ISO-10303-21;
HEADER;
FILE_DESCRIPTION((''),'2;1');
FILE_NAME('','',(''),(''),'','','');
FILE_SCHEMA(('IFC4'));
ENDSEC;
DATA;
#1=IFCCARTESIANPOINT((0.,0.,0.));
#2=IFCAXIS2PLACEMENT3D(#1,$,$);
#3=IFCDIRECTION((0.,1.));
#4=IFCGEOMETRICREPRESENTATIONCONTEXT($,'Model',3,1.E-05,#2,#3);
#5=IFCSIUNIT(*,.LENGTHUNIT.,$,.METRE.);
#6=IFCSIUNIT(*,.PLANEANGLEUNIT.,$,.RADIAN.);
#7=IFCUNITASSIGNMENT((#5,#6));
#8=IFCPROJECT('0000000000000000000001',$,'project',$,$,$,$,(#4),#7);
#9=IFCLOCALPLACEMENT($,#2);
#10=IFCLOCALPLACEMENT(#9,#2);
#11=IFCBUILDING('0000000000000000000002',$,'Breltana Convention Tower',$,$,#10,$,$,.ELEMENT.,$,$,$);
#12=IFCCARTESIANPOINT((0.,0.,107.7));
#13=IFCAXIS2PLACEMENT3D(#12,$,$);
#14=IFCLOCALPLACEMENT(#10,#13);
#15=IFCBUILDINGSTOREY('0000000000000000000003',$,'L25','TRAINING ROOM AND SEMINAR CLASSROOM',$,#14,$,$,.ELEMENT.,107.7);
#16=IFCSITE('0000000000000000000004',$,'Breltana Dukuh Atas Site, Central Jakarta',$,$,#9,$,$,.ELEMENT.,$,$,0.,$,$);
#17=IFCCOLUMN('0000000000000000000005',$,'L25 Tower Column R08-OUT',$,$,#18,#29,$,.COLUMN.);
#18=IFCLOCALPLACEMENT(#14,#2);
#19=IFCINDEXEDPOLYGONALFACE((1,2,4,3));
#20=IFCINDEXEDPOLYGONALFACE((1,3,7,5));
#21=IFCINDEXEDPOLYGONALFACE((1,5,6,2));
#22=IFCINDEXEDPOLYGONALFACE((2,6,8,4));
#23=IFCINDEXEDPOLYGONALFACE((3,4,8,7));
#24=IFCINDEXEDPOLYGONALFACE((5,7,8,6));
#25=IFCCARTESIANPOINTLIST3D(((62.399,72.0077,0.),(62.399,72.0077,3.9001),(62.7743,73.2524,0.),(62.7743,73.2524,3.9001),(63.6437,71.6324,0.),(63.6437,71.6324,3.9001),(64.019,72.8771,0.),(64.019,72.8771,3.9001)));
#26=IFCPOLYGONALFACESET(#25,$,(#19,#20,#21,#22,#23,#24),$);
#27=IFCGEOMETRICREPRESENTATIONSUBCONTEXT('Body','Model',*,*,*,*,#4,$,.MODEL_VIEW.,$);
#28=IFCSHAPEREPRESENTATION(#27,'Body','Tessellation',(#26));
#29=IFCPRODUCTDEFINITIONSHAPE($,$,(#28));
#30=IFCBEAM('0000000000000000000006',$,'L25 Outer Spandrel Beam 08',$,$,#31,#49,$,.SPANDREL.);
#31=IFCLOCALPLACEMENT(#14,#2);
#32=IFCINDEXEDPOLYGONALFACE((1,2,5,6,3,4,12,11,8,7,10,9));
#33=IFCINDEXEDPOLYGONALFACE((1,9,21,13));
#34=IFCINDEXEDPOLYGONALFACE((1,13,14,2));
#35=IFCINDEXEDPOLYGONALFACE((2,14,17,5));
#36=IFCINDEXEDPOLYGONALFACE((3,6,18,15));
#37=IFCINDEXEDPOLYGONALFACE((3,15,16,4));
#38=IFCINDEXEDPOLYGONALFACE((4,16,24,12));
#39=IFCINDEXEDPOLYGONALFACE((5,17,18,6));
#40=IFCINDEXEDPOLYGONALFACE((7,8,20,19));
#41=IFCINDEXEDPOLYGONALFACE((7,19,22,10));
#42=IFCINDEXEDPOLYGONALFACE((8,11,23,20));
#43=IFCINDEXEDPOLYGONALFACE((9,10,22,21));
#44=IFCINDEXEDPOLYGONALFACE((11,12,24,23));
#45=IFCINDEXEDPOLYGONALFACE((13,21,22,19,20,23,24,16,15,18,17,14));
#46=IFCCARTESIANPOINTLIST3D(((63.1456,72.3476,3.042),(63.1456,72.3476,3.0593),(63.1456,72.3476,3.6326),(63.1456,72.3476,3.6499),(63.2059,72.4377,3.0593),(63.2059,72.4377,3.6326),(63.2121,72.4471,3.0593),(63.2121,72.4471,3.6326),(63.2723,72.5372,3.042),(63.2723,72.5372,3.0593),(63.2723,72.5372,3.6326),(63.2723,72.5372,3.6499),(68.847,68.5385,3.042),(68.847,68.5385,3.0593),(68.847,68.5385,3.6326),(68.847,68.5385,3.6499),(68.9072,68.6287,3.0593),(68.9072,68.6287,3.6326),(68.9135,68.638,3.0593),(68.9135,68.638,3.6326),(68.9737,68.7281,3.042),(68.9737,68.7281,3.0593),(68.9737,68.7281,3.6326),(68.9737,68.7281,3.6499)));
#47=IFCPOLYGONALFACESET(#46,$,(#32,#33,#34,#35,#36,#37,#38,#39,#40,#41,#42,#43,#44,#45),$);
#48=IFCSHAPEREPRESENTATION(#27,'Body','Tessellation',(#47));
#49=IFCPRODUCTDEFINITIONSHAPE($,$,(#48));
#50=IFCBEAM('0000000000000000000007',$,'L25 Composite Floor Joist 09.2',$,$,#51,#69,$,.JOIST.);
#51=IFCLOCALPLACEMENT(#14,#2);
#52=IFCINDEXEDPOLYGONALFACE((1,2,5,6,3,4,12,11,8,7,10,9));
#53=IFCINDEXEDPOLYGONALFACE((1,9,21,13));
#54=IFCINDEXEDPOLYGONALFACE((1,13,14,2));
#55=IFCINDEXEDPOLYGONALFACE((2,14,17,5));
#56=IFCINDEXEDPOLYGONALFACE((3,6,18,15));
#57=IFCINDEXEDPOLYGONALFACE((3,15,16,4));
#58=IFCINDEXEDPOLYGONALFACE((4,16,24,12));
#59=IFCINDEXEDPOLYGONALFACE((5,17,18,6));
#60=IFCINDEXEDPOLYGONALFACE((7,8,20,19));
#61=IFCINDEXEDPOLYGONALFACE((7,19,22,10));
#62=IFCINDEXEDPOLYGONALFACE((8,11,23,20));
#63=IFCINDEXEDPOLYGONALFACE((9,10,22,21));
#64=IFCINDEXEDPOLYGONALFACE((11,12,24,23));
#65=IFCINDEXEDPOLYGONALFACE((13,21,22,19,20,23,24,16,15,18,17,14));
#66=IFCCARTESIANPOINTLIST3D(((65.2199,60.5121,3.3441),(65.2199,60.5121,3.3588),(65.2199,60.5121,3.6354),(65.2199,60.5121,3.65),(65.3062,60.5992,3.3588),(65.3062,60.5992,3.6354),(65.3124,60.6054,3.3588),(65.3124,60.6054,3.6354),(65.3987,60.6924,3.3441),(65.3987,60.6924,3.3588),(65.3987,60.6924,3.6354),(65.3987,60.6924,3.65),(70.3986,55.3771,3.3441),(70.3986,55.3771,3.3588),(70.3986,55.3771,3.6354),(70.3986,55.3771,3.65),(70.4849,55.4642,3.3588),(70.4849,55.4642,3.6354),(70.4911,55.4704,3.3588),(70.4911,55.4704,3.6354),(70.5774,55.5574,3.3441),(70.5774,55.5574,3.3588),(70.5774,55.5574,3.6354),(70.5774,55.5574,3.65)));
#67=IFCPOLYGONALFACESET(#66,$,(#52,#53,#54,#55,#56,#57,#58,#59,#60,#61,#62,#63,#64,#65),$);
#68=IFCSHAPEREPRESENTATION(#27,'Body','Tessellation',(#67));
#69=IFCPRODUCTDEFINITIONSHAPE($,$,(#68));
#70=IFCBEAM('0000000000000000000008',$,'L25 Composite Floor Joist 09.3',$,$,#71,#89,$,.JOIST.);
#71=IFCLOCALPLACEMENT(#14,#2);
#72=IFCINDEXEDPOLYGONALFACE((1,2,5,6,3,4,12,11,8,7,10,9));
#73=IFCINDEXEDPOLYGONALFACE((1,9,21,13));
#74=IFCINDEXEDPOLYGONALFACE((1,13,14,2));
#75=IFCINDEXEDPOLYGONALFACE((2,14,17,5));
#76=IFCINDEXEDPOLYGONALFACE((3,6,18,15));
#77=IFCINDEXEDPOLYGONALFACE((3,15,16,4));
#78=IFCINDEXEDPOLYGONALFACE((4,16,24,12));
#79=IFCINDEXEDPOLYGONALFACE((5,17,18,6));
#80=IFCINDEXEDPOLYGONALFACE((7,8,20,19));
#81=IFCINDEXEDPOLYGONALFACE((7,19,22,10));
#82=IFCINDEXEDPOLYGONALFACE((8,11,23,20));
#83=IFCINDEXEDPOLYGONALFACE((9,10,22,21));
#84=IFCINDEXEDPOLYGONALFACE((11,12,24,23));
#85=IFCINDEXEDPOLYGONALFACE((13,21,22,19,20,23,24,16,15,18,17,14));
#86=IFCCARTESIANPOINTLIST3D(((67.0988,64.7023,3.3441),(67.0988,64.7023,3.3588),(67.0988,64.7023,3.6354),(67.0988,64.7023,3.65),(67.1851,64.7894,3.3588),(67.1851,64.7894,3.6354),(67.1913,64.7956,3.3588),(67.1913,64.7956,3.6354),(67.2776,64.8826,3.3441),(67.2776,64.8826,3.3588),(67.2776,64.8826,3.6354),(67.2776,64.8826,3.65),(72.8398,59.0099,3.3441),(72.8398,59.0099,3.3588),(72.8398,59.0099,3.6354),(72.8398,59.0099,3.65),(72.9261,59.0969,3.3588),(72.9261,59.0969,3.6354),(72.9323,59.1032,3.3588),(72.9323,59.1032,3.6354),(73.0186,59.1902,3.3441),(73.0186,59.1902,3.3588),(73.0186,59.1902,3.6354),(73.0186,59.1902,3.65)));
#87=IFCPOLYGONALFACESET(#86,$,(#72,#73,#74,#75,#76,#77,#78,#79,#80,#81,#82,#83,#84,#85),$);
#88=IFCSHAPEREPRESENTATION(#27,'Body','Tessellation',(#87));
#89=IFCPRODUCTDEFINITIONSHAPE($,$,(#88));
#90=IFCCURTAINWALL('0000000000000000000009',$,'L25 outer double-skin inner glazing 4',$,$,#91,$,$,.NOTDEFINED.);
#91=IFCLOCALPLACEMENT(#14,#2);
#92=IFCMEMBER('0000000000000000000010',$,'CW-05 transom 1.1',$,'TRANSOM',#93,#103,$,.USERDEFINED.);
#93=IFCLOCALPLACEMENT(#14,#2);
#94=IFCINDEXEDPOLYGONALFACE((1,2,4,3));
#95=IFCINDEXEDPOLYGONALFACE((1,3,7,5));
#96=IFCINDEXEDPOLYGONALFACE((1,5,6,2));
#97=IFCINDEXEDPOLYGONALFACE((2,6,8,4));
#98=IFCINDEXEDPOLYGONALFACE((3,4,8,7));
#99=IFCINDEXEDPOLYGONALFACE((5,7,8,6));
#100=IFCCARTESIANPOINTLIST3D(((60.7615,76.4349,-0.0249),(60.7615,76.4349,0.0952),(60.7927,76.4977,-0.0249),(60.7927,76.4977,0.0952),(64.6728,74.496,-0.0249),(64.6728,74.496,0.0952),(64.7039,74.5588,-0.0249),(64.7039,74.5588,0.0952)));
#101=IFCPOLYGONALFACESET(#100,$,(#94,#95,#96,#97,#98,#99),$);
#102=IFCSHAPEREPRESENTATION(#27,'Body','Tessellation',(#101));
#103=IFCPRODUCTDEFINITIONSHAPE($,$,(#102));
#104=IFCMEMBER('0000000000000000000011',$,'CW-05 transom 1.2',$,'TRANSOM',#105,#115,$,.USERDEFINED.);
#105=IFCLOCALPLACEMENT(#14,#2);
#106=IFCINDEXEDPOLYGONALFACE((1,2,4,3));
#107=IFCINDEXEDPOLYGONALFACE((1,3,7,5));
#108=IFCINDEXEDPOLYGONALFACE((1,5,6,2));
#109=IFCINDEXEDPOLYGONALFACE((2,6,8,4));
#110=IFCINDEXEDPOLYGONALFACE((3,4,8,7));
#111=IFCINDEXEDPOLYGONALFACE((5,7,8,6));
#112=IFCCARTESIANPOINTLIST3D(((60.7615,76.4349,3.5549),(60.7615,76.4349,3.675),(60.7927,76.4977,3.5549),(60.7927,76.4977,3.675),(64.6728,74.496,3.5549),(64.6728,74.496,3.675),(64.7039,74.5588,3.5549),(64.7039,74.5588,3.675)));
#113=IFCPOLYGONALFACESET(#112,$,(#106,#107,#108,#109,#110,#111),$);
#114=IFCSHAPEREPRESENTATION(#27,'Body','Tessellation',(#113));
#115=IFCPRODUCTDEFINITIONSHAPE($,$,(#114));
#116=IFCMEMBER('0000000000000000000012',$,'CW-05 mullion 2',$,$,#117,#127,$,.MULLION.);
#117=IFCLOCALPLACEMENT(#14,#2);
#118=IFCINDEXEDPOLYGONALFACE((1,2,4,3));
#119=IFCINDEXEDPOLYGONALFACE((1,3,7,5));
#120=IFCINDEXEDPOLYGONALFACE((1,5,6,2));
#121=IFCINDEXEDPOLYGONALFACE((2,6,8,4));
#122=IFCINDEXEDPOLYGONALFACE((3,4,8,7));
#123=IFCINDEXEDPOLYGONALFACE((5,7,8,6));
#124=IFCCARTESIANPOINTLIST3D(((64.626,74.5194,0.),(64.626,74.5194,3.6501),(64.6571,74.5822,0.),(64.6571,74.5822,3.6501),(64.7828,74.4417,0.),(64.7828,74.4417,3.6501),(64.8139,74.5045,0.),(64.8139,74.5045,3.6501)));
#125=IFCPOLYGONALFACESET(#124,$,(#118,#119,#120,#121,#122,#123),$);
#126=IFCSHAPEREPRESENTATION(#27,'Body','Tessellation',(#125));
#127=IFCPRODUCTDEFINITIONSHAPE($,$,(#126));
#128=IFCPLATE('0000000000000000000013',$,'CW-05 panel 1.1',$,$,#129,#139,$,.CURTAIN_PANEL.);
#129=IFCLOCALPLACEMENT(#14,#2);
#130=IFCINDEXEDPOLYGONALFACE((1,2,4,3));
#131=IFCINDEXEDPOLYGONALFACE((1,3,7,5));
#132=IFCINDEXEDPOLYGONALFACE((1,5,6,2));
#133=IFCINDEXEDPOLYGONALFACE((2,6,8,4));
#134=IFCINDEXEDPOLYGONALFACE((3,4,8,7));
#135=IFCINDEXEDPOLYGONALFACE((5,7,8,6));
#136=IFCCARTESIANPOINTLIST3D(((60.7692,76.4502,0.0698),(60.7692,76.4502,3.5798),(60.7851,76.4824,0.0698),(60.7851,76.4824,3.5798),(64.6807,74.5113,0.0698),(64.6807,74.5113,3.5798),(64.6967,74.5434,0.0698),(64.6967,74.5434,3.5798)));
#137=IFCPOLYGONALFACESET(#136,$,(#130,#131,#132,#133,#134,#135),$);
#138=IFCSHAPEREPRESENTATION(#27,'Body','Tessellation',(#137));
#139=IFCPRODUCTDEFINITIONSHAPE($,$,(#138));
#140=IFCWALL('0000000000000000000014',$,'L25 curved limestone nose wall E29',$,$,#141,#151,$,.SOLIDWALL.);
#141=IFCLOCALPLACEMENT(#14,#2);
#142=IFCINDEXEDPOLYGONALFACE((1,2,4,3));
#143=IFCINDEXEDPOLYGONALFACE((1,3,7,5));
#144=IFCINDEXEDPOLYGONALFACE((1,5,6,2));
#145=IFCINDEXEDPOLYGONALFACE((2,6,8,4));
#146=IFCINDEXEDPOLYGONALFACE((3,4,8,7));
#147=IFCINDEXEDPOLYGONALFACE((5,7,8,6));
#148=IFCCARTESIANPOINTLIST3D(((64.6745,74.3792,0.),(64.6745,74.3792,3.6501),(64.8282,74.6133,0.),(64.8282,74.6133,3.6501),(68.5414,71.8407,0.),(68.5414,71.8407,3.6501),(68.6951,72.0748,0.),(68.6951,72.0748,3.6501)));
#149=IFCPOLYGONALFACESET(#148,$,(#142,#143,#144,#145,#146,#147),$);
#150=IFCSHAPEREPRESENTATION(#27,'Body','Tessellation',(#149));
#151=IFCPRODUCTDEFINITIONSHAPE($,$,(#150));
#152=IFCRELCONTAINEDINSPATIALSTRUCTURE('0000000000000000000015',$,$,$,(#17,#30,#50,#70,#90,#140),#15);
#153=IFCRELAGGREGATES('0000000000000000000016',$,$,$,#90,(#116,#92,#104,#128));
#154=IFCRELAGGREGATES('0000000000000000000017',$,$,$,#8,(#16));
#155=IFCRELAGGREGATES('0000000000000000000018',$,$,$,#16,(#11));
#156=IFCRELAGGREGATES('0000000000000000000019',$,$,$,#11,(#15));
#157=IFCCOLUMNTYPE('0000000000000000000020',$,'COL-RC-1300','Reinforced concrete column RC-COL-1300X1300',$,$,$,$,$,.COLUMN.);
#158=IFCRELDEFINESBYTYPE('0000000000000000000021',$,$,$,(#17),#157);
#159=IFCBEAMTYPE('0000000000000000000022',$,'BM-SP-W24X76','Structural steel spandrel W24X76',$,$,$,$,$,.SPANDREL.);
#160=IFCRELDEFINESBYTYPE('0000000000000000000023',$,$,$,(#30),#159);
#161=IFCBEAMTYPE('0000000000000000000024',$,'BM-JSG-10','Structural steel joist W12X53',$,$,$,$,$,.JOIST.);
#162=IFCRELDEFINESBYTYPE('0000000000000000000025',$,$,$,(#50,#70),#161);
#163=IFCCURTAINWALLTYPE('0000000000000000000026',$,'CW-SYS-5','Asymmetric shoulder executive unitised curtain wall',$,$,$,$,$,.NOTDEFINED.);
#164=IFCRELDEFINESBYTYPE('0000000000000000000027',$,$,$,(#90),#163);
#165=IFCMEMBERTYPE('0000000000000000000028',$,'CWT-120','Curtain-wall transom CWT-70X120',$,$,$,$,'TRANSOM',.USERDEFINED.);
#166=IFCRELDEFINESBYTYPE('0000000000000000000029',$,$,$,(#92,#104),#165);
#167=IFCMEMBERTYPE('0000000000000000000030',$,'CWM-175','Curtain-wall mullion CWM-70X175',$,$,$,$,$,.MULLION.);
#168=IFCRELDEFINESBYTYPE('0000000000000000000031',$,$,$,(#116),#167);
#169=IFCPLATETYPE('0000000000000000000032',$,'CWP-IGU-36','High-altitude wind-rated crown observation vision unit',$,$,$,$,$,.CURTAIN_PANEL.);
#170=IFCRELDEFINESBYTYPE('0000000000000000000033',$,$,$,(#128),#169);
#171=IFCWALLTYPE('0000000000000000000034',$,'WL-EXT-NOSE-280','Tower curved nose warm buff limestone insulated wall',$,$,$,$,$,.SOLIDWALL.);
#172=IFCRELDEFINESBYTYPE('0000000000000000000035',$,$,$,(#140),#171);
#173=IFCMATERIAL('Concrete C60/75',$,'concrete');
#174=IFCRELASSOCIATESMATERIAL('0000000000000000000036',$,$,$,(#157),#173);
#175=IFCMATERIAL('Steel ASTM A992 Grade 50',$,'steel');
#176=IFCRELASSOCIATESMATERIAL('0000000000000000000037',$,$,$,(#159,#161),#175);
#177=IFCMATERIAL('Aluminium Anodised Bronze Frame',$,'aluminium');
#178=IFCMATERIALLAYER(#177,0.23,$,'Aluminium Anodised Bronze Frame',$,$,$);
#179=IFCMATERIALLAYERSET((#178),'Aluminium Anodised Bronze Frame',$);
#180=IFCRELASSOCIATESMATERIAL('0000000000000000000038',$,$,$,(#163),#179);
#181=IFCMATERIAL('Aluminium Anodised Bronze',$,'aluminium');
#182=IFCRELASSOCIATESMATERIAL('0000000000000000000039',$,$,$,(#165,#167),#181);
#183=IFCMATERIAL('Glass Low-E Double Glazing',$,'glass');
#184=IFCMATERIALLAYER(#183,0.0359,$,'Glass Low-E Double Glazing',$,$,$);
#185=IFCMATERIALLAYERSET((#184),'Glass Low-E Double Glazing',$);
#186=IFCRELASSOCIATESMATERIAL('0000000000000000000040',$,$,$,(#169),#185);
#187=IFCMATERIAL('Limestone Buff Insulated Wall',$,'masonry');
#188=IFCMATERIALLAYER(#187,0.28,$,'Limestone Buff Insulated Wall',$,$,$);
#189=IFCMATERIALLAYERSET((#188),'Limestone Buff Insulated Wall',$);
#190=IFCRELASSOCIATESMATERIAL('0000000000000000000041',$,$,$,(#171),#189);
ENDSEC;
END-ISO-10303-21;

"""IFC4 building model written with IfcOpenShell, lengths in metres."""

from ifc_helpers import new_model, si_unit, direction, frame, frame_2d, origin, origin_2d, place, context, subcontext, project, spatial, rectangle, i_section, extrude, source, transform, mapped, material, layer, layer_set, material_profile, profile_set, type_object, element, aggregate, save


model = new_model("IFC4")

# Units and contexts
model_context = context("Model", 3, precision=1e-05, world=origin(), true_north=direction((0.0, 1.0)))
body_context = subcontext(model_context, "Body", "Model", "MODEL_VIEW")
ifc_project = project(units=[si_unit("LENGTHUNIT", "METRE"), si_unit("PLANEANGLEUNIT", "RADIAN")], contexts=[model_context])

# Site, building, storey
site_placement = place(None, origin())
site = spatial("IfcSite", under=ifc_project, at=site_placement, Name="Breltana Dukuh Atas Site, Central Jakarta", CompositionType="ELEMENT", RefElevation=0.0)
building_placement = place(site_placement, origin())
building = spatial("IfcBuilding", under=site, at=building_placement, Name="Breltana Convention Tower", CompositionType="ELEMENT")
storey_placement = place(building_placement, frame((0.0, 0.0, 107.7)))
storey = spatial("IfcBuildingStorey", under=building, at=storey_placement, Name="L25", Description="TRAINING ROOM AND SEMINAR CLASSROOM", CompositionType="ELEMENT", Elevation=107.7)

# Column
ifc_material_1 = material(Name="Concrete C60/75", Category="concrete")
ifc_material_profile_1 = material_profile(ifc_material_1, rectangle(XDim=1.3, YDim=1.3, at=origin_2d()), Name="RC-COL-1300X1300")
ifc_profile_set_1 = profile_set([ifc_material_profile_1], Name="Concrete C60/75")
column_type = type_object("IfcColumnType", Name="COL-RC-1300", Description="Reinforced concrete column RC-COL-1300X1300", PredefinedType="COLUMN", material=ifc_profile_set_1)
shared_shape_1 = source(origin(), body_context, "Body", "SweptSolid", [
    extrude(rectangle(XDim=1.3, YDim=1.3, at=origin_2d()), origin(), (0.0, 0.0, 1.0), 3.9001),
])
column_placement = place(storey_placement, frame((63.209, 72.4424, 0.0), z_axis=(0.0, 0.0, 1.0), x_axis=(0.288698, 0.95742, 0.0)))
element("IfcColumn", 1, at=column_placement, inside=storey, type_object=column_type, Name="L25 Tower Column R08-OUT", PredefinedType="COLUMN", context=body_context, shape_type="MappedRepresentation", body=[
    mapped(shared_shape_1, transform((0.0, 0.0, 0.0), scale=1.0)),
])

# Beams
ifc_material_2 = material(Name="Steel ASTM A992 Grade 50", Category="steel")
ifc_material_profile_2 = material_profile(ifc_material_2, i_section(OverallWidth=0.228, OverallDepth=0.6079, WebThickness=0.0112, FlangeThickness=0.0173, at=origin_2d()), Name="W24X76")
ifc_profile_set_2 = profile_set([ifc_material_profile_2], Name="Steel ASTM A992 Grade 50")
beam_type_1 = type_object("IfcBeamType", Name="BM-SP-W24X76", Description="Structural steel spandrel W24X76", PredefinedType="SPANDREL", material=ifc_profile_set_2)
shared_shape_2 = source(origin(), body_context, "Body", "SweptSolid", [
    extrude(i_section(OverallWidth=0.228, OverallDepth=0.6079, WebThickness=0.0112, FlangeThickness=0.0173, at=origin_2d()), origin(), (0.0, 0.0, 1.0), 6.8567),
])
beam_1_placement = place(storey_placement, frame((63.209, 72.4424, 3.3459), z_axis=(0.831502, -0.555522, 0.0), x_axis=(0.555522, 0.831502, 0.0)))
element("IfcBeam", 2, at=beam_1_placement, inside=storey, type_object=beam_type_1, Name="L25 Outer Spandrel Beam 08", PredefinedType="SPANDREL", context=body_context, shape_type="MappedRepresentation", body=[
    mapped(shared_shape_2, transform((0.0, 0.0, 0.0), scale=1.0)),
])
ifc_material_profile_3 = material_profile(ifc_material_2, i_section(OverallWidth=0.2539, OverallDepth=0.3059, WebThickness=0.0088, FlangeThickness=0.0146, at=origin_2d()), Name="W12X53")
ifc_profile_set_3 = profile_set([ifc_material_profile_3], Name="Steel ASTM A992 Grade 50")
beam_type_2 = type_object("IfcBeamType", Name="BM-JSG-10", Description="Structural steel joist W12X53", PredefinedType="JOIST", material=ifc_profile_set_3)
shared_shape_3 = source(origin(), body_context, "Body", "SweptSolid", [
    extrude(i_section(OverallWidth=0.2539, OverallDepth=0.3059, WebThickness=0.0088, FlangeThickness=0.0146, at=origin_2d()), origin(), (0.0, 0.0, 1.0), 7.293),
])
beam_2_placement = place(storey_placement, frame((65.3093, 60.6023, 3.4971), z_axis=(0.710097, -0.704104, 0.0), x_axis=(0.704104, 0.710097, 0.0)))
element("IfcBeam", 3, at=beam_2_placement, inside=storey, type_object=beam_type_2, Name="L25 Composite Floor Joist 09.2", PredefinedType="JOIST", context=body_context, shape_type="MappedRepresentation", body=[
    mapped(shared_shape_3, transform((0.0, 0.0, 0.0), scale=1.0)),
])
shared_shape_4 = source(origin(), body_context, "Body", "SweptSolid", [
    extrude(i_section(OverallWidth=0.2539, OverallDepth=0.3059, WebThickness=0.0088, FlangeThickness=0.0146, at=origin_2d()), origin(), (0.0, 0.0, 1.0), 8.0847),
])
beam_3_placement = place(storey_placement, frame((67.1882, 64.7925, 3.4971), z_axis=(0.710105, -0.704096, 0.0), x_axis=(0.704096, 0.710105, 0.0)))
element("IfcBeam", 4, at=beam_3_placement, inside=storey, type_object=beam_type_2, Name="L25 Composite Floor Joist 09.3", PredefinedType="JOIST", context=body_context, shape_type="MappedRepresentation", body=[
    mapped(shared_shape_4, transform((0.0, 0.0, 0.0), scale=1.0)),
])

# Curtain wall, members, plate
ifc_material_3 = material(Name="Aluminium Anodised Bronze Frame", Category="aluminium")
ifc_layer_1 = layer(ifc_material_3, 0.23, Name="Aluminium Anodised Bronze Frame")
ifc_layer_set_1 = layer_set([ifc_layer_1], Name="Aluminium Anodised Bronze Frame")
curtain_wall_type = type_object("IfcCurtainWallType", Name="CW-SYS-5", Description="Asymmetric shoulder executive unitised curtain wall", PredefinedType="NOTDEFINED", material=ifc_layer_set_1)
curtain_wall_placement = place(storey_placement, origin())
curtain_wall = element("IfcCurtainWall", 5, at=curtain_wall_placement, inside=storey, type_object=curtain_wall_type, Name="L25 outer double-skin inner glazing 4", PredefinedType="NOTDEFINED")
ifc_material_4 = material(Name="Aluminium Anodised Bronze", Category="aluminium")
ifc_material_profile_4 = material_profile(ifc_material_4, rectangle(XDim=0.0701, YDim=0.1201, at=origin_2d()), Name="CWT-70X120")
ifc_profile_set_4 = profile_set([ifc_material_profile_4], Name="Aluminium Anodised Bronze")
member_type_1 = type_object("IfcMemberType", Name="CWT-120", Description="Curtain-wall transom CWT-70X120", ElementType="TRANSOM", PredefinedType="USERDEFINED", material=ifc_profile_set_4)
shared_shape_5 = source(origin(), body_context, "Body", "SweptSolid", [
    extrude(rectangle(XDim=0.0701, YDim=0.1201, at=origin_2d()), origin(), (0.0, 0.0, 1.0), 4.3655),
])
member_1_placement = place(storey_placement, frame((60.7771, 76.4663, 0.0352), z_axis=(0.895954, -0.444146, 0.0), x_axis=(0.444146, 0.895954, 0.0)))
member_1 = element("IfcMember", 6, at=member_1_placement, type_object=member_type_1, Name="CW-05 transom 1.1", ObjectType="TRANSOM", PredefinedType="USERDEFINED", context=body_context, shape_type="MappedRepresentation", body=[
    mapped(shared_shape_5, transform((0.0, 0.0, 0.0), scale=1.0)),
])
member_2_placement = place(storey_placement, frame((60.7771, 76.4663, 3.615), z_axis=(0.895954, -0.444146, 0.0), x_axis=(0.444146, 0.895954, 0.0)))
member_2 = element("IfcMember", 7, at=member_2_placement, type_object=member_type_1, Name="CW-05 transom 1.2", ObjectType="TRANSOM", PredefinedType="USERDEFINED", context=body_context, shape_type="MappedRepresentation", body=[
    mapped(shared_shape_5, transform((0.0, 0.0, 0.0), scale=1.0)),
])
ifc_material_profile_5 = material_profile(ifc_material_4, rectangle(XDim=0.0701, YDim=0.175, at=origin_2d()), Name="CWM-70X175")
ifc_profile_set_5 = profile_set([ifc_material_profile_5], Name="Aluminium Anodised Bronze")
member_type_2 = type_object("IfcMemberType", Name="CWM-175", Description="Curtain-wall mullion CWM-70X175", PredefinedType="MULLION", material=ifc_profile_set_5)
shared_shape_6 = source(origin(), body_context, "Body", "SweptSolid", [
    extrude(rectangle(XDim=0.0701, YDim=0.175, at=origin_2d()), origin(), (0.0, 0.0, 1.0), 3.6501),
])
member_3_placement = place(storey_placement, frame((64.72, 74.512, 0.0), z_axis=(0.0, 0.0, 1.0), x_axis=(0.444122, 0.895967, 0.0)))
member_3 = element("IfcMember", 8, at=member_3_placement, type_object=member_type_2, Name="CW-05 mullion 2", PredefinedType="MULLION", context=body_context, shape_type="MappedRepresentation", body=[
    mapped(shared_shape_6, transform((0.0, 0.0, 0.0), scale=1.0)),
])
ifc_material_5 = material(Name="Glass Low-E Double Glazing", Category="glass")
ifc_layer_2 = layer(ifc_material_5, 0.0359, Name="Glass Low-E Double Glazing")
ifc_layer_set_2 = layer_set([ifc_layer_2], Name="Glass Low-E Double Glazing")
plate_type = type_object("IfcPlateType", Name="CWP-IGU-36", Description="High-altitude wind-rated crown observation vision unit", PredefinedType="CURTAIN_PANEL", material=ifc_layer_set_2)
shared_shape_7 = source(origin(), body_context, "Body", "SweptSolid", [
    extrude(rectangle(XDim=4.3657, YDim=0.0359, at=origin_2d()), origin(), (0.0, 0.0, 1.0), 3.51),
])
plate_placement = place(storey_placement, frame((62.7329, 75.4968, 0.0698), z_axis=(0.0, 0.0, 1.0), x_axis=(0.895967, -0.444122, 0.0)))
plate = element("IfcPlate", 9, at=plate_placement, type_object=plate_type, Name="CW-05 panel 1.1", PredefinedType="CURTAIN_PANEL", context=body_context, shape_type="MappedRepresentation", body=[
    mapped(shared_shape_7, transform((0.0, 0.0, 0.0), scale=1.0)),
])
aggregate(curtain_wall, [member_3, member_1, member_2, plate])

# Wall
ifc_material_6 = material(Name="Limestone Buff Insulated Wall", Category="masonry")
ifc_layer_3 = layer(ifc_material_6, 0.28, Name="Limestone Buff Insulated Wall")
ifc_layer_set_3 = layer_set([ifc_layer_3], Name="Limestone Buff Insulated Wall")
wall_type_1 = type_object("IfcWallType", Name="WL-EXT-NOSE-280", Description="Tower curved nose warm buff limestone insulated wall", PredefinedType="SOLIDWALL", material=ifc_layer_set_3)
shared_shape_8 = source(origin(), body_context, "Body", "SweptSolid", [
    extrude(rectangle(XDim=4.6257, YDim=0.28, at=frame_2d((2.313, 0.0))), origin(), (0.0, 0.0, 1.0), 3.6501),
])
wall_1_placement = place(storey_placement, frame((64.7512, 74.4963, 0.0), z_axis=(0.0, 0.0, 1.0), x_axis=(0.835959, -0.548791, 0.0)))
element("IfcWall", 10, at=wall_1_placement, inside=storey, type_object=wall_type_1, Name="L25 curved limestone nose wall E29", PredefinedType="SOLIDWALL", context=body_context, shape_type="MappedRepresentation", body=[
    mapped(shared_shape_8, transform((0.0, 0.0, 0.0), scale=1.0)),
])

save(model, "model.ifc")
